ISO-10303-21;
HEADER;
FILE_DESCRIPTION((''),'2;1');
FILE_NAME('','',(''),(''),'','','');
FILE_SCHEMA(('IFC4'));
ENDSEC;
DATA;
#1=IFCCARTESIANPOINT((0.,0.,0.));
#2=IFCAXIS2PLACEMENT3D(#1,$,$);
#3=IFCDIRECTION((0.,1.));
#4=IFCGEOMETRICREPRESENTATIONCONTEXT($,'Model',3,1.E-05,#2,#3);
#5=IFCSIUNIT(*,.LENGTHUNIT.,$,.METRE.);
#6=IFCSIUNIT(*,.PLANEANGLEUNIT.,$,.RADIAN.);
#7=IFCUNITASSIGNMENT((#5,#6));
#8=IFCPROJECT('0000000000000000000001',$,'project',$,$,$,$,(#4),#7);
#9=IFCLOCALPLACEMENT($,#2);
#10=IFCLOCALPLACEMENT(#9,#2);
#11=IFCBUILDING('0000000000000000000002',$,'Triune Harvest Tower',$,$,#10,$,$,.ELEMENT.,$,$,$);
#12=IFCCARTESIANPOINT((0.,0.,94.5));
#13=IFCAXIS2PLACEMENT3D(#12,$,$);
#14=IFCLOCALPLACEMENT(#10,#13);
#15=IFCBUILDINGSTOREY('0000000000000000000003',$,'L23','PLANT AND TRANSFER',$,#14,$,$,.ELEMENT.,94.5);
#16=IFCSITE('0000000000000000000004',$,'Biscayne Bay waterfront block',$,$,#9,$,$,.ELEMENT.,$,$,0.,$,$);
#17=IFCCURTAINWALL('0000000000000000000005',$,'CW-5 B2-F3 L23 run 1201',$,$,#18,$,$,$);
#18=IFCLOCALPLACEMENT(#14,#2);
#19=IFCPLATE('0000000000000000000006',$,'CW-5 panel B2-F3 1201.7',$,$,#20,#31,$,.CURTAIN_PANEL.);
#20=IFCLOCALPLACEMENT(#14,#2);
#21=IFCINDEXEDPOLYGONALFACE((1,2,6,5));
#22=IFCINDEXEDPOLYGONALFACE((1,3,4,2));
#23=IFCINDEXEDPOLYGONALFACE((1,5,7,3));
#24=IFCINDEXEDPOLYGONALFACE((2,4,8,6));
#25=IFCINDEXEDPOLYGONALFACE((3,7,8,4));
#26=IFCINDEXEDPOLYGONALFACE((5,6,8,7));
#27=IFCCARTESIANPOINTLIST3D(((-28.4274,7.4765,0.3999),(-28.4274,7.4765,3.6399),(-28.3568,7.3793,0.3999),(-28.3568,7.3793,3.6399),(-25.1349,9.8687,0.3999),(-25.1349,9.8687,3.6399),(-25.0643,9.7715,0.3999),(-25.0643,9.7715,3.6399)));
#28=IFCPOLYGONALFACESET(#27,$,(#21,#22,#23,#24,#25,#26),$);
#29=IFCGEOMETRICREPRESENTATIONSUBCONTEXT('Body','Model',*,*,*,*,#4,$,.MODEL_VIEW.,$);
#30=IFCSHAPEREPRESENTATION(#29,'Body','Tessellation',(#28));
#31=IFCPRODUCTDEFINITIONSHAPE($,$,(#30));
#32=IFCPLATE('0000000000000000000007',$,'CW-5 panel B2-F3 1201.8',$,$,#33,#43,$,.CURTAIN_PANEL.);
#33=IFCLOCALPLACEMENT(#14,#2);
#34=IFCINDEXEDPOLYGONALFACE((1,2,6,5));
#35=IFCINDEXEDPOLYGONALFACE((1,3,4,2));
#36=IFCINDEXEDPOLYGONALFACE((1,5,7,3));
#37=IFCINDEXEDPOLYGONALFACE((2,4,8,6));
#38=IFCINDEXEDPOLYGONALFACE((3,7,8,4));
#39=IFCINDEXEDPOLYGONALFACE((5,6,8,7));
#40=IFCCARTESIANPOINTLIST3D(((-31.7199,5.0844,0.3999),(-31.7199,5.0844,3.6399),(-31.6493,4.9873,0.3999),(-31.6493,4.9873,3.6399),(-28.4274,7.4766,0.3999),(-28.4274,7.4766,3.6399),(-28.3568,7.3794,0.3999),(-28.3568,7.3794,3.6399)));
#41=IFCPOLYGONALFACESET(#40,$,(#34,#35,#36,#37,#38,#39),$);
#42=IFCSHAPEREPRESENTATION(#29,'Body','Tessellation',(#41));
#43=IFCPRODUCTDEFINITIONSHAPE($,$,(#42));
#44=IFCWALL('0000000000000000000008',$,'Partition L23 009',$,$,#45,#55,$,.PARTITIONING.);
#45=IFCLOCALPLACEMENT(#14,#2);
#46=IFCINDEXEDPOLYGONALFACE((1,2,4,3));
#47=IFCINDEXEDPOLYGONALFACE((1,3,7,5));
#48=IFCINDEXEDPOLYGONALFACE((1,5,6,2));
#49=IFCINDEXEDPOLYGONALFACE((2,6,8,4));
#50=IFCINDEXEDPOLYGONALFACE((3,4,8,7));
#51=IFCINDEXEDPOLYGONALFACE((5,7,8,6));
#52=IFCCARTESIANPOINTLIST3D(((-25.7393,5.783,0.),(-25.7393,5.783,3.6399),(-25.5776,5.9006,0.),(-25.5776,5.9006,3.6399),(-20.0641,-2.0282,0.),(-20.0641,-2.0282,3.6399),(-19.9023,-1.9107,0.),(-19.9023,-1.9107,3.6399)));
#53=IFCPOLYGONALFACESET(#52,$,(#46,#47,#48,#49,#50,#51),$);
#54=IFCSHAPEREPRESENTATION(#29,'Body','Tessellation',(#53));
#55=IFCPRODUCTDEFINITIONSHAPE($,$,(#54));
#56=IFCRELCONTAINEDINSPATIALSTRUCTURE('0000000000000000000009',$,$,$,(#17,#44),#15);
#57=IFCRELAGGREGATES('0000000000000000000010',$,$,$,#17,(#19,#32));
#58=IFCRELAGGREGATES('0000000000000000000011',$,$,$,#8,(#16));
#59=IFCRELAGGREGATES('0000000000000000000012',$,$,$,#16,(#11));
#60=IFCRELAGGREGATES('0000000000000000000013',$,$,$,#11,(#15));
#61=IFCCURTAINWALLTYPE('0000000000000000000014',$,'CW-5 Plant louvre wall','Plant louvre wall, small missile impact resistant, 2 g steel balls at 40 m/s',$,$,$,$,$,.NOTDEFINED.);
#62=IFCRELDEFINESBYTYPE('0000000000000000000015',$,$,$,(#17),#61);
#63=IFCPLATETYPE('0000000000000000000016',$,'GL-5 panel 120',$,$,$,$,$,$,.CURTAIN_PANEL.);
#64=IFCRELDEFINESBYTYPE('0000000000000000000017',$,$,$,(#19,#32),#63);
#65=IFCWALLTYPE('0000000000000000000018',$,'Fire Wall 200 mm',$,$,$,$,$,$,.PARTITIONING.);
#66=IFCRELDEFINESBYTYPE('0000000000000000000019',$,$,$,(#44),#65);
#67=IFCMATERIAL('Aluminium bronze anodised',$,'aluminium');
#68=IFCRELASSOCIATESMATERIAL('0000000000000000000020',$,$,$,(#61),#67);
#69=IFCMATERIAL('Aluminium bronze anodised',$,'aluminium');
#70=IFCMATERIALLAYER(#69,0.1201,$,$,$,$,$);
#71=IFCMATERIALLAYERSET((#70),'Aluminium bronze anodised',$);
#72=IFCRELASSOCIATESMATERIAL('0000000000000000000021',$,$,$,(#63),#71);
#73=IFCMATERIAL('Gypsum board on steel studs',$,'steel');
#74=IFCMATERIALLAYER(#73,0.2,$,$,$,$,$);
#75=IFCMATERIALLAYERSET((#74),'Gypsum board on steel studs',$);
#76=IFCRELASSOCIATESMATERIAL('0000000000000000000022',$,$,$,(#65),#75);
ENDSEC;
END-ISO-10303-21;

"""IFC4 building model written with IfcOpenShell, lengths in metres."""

from ifc_helpers import new_model, si_unit, direction, frame, frame_2d, origin, origin_2d, place, context, subcontext, project, spatial, rectangle, extrude, source, transform, mapped, material, layer, layer_set, type_object, element, aggregate, save


model = new_model("IFC4")

# Units and contexts
model_context = context("Model", 3, precision=1e-05, world=origin(), true_north=direction((0.0, 1.0)))
body_context = subcontext(model_context, "Body", "Model", "MODEL_VIEW")
ifc_project = project(units=[si_unit("LENGTHUNIT", "METRE"), si_unit("PLANEANGLEUNIT", "RADIAN")], contexts=[model_context])

# Site, building, storey
site_placement = place(None, origin())
site = spatial("IfcSite", under=ifc_project, at=site_placement, Name="Biscayne Bay waterfront block", CompositionType="ELEMENT", RefElevation=0.0)
building_placement = place(site_placement, origin())
building = spatial("IfcBuilding", under=site, at=building_placement, Name="Triune Harvest Tower", CompositionType="ELEMENT")
storey_placement = place(building_placement, frame((0.0, 0.0, 94.5)))
storey = spatial("IfcBuildingStorey", under=building, at=storey_placement, Name="L23", Description="PLANT AND TRANSFER", CompositionType="ELEMENT", Elevation=94.5)

# Curtain wall, plates
ifc_material_1 = material(Name="Aluminium bronze anodised", Category="aluminium")
curtain_wall_type = type_object("IfcCurtainWallType", Name="CW-5 Plant louvre wall", Description="Plant louvre wall, small missile impact resistant, 2 g steel balls at 40 m/s", PredefinedType="NOTDEFINED", material=ifc_material_1)
curtain_wall_placement = place(storey_placement, origin())
curtain_wall = element("IfcCurtainWall", 1, at=curtain_wall_placement, inside=storey, type_object=curtain_wall_type, Name="CW-5 B2-F3 L23 run 1201")
ifc_material_2 = material(Name="Aluminium bronze anodised", Category="aluminium")
ifc_layer_1 = layer(ifc_material_2, 0.1201)
ifc_layer_set_1 = layer_set([ifc_layer_1], Name="Aluminium bronze anodised")
plate_type = type_object("IfcPlateType", Name="GL-5 panel 120", PredefinedType="CURTAIN_PANEL", material=ifc_layer_set_1)
shared_shape_1 = source(origin(), body_context, "Body", "SweptSolid", [
    extrude(rectangle(XDim=4.0698, YDim=0.1201, at=origin_2d()), origin(), (0.0, 0.0, 1.0), 3.24),
])
plate_1_placement = place(storey_placement, frame((-26.7458, 8.624, 0.3999), z_axis=(0.0, 0.0, 1.0), x_axis=(-0.809016, -0.587786, 0.0)))
plate_1 = element("IfcPlate", 2, at=plate_1_placement, type_object=plate_type, Name="CW-5 panel B2-F3 1201.7", PredefinedType="CURTAIN_PANEL", context=body_context, shape_type="MappedRepresentation", body=[
    mapped(shared_shape_1, transform((0.0, 0.0, 0.0), scale=1.0)),
])
plate_2_placement = place(storey_placement, frame((-30.0383, 6.2319, 0.3999), z_axis=(0.0, 0.0, 1.0), x_axis=(-0.809016, -0.587786, 0.0)))
plate_2 = element("IfcPlate", 3, at=plate_2_placement, type_object=plate_type, Name="CW-5 panel B2-F3 1201.8", PredefinedType="CURTAIN_PANEL", context=body_context, shape_type="MappedRepresentation", body=[
    mapped(shared_shape_1, transform((0.0, 0.0, 0.0), scale=1.0)),
])
aggregate(curtain_wall, [plate_1, plate_2])

# Wall
ifc_material_3 = material(Name="Gypsum board on steel studs", Category="steel")
ifc_layer_2 = layer(ifc_material_3, 0.2)
ifc_layer_set_2 = layer_set([ifc_layer_2], Name="Gypsum board on steel studs")
wall_type = type_object("IfcWallType", Name="Fire Wall 200 mm", PredefinedType="PARTITIONING", material=ifc_layer_set_2)
shared_shape_2 = source(origin(), body_context, "Body", "SweptSolid", [
    extrude(rectangle(XDim=9.6553, YDim=0.2, at=frame_2d((4.8276, 0.0))), origin(), (0.0, 0.0, 1.0), 3.6399),
])
wall_placement = place(storey_placement, frame((-25.6584, 5.8418, 0.0), z_axis=(0.0, 0.0, 1.0), x_axis=(0.58779, -0.809014, 0.0)))
element("IfcWall", 4, at=wall_placement, inside=storey, type_object=wall_type, Name="Partition L23 009", PredefinedType="PARTITIONING", context=body_context, shape_type="MappedRepresentation", body=[
    mapped(shared_shape_2, transform((0.0, 0.0, 0.0), scale=1.0)),
])

save(model, "model.ifc")
